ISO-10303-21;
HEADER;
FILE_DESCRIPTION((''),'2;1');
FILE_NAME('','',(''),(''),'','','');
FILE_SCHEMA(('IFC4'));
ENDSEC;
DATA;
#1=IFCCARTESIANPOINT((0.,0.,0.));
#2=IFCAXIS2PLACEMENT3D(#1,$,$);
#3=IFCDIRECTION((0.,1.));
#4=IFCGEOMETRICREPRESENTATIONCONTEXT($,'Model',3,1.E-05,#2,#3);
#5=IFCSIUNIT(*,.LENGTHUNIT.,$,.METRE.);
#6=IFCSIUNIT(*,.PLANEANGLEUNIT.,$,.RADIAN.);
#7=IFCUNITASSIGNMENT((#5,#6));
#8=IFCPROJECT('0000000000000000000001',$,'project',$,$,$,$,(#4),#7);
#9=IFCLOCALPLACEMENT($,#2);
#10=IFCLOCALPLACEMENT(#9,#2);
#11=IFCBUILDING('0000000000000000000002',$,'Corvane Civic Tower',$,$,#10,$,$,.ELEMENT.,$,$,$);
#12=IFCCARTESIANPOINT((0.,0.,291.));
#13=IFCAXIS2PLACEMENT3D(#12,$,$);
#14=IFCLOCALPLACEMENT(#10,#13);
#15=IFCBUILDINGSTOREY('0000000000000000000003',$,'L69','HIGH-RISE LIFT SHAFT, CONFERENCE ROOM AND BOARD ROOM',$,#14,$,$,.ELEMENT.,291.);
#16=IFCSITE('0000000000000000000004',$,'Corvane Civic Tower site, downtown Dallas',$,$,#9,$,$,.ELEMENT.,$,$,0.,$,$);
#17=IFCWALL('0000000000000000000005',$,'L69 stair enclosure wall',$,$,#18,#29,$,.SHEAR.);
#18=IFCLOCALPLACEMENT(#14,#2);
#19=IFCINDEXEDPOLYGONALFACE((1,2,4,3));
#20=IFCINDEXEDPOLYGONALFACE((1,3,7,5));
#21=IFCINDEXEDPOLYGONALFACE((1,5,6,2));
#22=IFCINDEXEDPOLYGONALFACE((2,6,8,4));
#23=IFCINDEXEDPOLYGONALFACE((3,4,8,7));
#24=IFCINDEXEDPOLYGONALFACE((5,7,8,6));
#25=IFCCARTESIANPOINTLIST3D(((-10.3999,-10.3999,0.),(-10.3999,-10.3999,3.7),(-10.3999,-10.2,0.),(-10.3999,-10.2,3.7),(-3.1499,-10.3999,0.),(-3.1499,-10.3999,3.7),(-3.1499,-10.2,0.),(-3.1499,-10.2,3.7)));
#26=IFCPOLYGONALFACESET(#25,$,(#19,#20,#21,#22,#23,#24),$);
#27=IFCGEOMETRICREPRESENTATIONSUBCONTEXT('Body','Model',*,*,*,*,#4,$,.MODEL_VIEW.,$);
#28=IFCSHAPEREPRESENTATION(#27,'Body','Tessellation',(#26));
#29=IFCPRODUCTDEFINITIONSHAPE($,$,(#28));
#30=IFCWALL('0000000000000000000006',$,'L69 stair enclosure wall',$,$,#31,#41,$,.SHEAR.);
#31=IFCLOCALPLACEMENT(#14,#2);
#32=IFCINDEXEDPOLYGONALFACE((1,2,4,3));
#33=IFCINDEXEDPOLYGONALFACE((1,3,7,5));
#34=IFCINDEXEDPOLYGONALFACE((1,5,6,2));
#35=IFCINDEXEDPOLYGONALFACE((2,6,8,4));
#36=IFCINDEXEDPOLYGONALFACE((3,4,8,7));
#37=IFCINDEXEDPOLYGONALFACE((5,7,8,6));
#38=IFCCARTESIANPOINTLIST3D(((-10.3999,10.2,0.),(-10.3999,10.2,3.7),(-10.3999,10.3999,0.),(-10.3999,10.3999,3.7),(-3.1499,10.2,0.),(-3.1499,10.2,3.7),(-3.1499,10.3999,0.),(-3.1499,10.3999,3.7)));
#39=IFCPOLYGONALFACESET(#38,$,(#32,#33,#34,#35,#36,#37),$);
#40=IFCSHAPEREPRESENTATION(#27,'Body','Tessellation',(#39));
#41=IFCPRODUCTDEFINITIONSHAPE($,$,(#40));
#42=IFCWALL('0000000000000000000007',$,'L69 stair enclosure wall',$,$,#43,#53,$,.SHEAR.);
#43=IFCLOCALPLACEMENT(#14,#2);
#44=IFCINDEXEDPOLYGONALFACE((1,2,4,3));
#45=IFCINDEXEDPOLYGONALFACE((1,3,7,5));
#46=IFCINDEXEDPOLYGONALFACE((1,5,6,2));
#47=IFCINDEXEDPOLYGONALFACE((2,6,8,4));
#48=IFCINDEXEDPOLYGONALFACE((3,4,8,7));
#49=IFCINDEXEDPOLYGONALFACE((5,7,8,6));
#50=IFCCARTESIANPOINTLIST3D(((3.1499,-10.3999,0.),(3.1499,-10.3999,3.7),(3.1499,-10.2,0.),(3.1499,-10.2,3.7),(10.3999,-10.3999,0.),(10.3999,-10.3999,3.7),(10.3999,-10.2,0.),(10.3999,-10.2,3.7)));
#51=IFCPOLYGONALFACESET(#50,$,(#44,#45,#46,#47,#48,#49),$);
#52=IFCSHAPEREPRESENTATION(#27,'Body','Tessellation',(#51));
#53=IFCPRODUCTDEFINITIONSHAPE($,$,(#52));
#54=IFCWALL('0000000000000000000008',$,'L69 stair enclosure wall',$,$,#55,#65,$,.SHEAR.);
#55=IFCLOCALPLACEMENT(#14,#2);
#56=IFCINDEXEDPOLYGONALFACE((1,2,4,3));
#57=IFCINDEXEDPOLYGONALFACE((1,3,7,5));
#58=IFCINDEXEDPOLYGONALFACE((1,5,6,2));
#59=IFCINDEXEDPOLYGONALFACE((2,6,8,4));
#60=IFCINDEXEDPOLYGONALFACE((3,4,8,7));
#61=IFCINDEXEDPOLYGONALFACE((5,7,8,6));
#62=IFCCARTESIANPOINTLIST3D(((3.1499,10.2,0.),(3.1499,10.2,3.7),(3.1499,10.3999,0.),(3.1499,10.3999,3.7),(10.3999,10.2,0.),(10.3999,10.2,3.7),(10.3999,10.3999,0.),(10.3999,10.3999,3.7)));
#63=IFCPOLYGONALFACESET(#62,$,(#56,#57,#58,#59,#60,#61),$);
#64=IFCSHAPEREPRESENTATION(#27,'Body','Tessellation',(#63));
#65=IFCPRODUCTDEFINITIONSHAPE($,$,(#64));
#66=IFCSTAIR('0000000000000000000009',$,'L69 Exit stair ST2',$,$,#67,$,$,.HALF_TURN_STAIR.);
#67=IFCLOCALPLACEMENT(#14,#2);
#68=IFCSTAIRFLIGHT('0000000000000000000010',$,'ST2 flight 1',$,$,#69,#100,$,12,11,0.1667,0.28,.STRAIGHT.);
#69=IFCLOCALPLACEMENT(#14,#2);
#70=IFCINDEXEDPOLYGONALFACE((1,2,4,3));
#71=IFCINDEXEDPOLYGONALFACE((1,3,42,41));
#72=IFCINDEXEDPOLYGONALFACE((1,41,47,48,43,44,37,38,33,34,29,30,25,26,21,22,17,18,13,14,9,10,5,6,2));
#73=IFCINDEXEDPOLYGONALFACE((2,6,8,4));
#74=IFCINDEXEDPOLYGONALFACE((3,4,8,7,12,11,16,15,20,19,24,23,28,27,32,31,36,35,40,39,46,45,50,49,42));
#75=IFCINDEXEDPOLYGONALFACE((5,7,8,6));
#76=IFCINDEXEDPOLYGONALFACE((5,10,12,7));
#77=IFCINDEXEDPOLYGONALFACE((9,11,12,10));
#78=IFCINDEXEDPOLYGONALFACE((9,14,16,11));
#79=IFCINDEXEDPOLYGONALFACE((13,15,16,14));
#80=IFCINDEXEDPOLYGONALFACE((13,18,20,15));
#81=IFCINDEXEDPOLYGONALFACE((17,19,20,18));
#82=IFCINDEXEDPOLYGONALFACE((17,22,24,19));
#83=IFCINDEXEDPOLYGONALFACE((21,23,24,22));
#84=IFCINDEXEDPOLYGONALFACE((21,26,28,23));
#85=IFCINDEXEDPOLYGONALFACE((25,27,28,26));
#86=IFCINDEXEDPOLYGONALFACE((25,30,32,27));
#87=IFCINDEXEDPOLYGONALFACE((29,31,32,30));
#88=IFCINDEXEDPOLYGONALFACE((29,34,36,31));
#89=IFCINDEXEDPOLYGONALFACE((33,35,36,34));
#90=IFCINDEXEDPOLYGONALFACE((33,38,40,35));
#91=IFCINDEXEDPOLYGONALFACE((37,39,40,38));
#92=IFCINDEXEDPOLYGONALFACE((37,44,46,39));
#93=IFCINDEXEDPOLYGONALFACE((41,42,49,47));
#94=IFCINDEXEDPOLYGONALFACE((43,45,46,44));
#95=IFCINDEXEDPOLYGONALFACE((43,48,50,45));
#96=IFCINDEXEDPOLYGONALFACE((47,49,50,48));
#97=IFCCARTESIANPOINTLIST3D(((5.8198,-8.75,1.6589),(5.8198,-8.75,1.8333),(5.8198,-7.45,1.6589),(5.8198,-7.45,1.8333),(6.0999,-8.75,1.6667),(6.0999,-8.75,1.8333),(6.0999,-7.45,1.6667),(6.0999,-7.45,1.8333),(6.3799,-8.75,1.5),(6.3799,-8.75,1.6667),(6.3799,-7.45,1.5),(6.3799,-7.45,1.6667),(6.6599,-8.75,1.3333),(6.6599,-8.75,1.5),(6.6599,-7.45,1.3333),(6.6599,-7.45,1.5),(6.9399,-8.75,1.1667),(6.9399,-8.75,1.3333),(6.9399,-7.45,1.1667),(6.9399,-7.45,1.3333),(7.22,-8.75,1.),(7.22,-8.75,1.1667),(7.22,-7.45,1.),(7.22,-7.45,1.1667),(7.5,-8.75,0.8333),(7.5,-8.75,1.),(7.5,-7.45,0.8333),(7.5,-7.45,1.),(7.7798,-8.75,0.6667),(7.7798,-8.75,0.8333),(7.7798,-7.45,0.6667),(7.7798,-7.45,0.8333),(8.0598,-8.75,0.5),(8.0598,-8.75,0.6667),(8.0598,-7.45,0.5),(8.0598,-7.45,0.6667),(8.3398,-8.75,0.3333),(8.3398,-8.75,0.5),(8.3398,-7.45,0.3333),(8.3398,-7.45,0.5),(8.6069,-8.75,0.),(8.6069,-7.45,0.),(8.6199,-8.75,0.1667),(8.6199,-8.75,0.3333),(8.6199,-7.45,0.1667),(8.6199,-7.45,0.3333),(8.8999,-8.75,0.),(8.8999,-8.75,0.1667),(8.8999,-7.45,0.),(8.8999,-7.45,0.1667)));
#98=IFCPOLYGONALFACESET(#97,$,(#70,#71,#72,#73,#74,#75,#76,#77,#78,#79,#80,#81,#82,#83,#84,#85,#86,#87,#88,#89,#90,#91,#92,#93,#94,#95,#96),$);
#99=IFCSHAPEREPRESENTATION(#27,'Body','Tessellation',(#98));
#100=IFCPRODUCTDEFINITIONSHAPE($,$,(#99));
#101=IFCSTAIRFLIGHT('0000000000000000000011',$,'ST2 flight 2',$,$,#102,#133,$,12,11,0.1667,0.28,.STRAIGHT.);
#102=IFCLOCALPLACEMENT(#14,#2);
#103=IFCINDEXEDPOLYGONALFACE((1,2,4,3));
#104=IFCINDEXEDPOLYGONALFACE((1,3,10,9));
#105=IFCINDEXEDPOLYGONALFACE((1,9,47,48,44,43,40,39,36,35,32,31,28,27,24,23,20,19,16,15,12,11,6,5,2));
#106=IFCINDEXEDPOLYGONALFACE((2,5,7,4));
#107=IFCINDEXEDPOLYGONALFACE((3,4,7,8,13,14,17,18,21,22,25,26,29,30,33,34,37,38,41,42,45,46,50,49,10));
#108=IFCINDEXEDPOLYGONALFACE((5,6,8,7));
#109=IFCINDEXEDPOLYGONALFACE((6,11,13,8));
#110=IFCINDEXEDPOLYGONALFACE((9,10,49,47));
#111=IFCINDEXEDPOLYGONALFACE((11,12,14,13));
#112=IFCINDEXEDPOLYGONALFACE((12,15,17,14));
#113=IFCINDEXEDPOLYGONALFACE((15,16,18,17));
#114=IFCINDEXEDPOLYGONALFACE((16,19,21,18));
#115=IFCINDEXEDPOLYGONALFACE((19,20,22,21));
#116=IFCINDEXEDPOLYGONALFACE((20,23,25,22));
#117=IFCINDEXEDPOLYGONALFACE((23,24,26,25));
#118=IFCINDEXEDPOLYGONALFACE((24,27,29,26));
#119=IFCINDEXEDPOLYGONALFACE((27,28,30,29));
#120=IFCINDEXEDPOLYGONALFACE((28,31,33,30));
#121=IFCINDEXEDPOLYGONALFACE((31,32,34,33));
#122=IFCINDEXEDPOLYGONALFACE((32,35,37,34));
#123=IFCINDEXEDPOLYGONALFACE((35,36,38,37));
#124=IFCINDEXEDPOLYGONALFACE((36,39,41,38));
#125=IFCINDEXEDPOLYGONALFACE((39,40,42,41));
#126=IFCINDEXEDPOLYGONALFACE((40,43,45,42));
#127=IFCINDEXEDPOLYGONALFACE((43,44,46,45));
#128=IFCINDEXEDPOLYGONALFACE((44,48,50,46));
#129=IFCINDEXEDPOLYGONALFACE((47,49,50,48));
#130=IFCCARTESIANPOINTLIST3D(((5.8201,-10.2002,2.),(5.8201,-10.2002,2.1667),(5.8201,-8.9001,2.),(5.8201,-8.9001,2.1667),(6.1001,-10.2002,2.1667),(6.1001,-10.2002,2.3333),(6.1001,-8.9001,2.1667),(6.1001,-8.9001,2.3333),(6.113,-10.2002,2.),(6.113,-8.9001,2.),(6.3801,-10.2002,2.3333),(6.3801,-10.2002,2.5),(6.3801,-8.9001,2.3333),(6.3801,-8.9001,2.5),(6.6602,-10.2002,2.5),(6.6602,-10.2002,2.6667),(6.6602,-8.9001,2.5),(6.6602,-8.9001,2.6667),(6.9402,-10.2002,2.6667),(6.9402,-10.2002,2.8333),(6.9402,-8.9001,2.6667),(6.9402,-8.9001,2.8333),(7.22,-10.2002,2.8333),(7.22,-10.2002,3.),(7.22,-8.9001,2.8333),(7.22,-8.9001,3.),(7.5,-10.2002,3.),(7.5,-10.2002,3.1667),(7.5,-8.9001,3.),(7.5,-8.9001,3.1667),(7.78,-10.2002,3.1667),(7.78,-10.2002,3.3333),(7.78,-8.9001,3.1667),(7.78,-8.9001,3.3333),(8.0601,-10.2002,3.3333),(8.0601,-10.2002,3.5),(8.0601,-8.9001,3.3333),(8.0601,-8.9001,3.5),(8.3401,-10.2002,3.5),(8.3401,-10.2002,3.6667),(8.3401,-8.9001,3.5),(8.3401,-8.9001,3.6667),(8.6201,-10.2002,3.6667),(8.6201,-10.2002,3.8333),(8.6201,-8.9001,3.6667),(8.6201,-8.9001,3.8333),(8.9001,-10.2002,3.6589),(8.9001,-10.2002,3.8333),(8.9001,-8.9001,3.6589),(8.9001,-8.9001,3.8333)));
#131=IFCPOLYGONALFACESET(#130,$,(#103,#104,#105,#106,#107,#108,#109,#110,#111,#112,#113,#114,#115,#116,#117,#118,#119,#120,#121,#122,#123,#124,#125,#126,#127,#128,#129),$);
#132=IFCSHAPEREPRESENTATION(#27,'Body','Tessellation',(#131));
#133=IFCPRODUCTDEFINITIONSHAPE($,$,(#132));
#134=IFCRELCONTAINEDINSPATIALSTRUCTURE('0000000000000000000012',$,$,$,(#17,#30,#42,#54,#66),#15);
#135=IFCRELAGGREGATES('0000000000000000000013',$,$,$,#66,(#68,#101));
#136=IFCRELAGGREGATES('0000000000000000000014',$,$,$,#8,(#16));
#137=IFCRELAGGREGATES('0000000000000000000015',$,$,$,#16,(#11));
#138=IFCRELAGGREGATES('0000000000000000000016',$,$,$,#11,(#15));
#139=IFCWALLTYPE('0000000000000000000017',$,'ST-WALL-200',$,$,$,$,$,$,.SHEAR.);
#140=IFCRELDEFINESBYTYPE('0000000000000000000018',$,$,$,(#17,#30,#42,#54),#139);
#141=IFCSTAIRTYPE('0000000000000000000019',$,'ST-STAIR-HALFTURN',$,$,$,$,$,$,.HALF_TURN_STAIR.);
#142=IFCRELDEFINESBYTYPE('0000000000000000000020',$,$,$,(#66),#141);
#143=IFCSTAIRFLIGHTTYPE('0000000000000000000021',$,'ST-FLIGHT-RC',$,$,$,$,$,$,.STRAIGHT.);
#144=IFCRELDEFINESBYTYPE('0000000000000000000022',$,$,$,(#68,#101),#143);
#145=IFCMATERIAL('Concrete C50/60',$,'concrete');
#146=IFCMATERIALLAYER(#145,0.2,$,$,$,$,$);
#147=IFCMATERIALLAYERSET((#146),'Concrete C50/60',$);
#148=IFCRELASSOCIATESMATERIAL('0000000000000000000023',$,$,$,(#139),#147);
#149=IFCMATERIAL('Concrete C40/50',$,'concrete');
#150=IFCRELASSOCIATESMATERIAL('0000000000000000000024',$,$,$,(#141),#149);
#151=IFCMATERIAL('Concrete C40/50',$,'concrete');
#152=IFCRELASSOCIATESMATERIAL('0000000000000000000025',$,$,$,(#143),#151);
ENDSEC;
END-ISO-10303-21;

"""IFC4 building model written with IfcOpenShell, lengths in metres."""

from ifc_helpers import new_model, si_unit, direction, frame, origin, place, context, subcontext, project, spatial, polyline, outline, extrude, material, layer, layer_set, type_object, element, aggregate, save


model = new_model("IFC4")

# Units and contexts
model_context = context("Model", 3, precision=1e-05, world=origin(), true_north=direction((0.0, 1.0)))
body_context = subcontext(model_context, "Body", "Model", "MODEL_VIEW")
ifc_project = project(units=[si_unit("LENGTHUNIT", "METRE"), si_unit("PLANEANGLEUNIT", "RADIAN")], contexts=[model_context])

# Site, building, storey
site_placement = place(None, origin())
site = spatial("IfcSite", under=ifc_project, at=site_placement, Name="Corvane Civic Tower site, downtown Dallas", CompositionType="ELEMENT", RefElevation=0.0)
building_placement = place(site_placement, origin())
building = spatial("IfcBuilding", under=site, at=building_placement, Name="Corvane Civic Tower", CompositionType="ELEMENT")
storey_placement = place(building_placement, frame((0.0, 0.0, 291.0)))
storey = spatial("IfcBuildingStorey", under=building, at=storey_placement, Name="L69", Description="HIGH-RISE LIFT SHAFT, CONFERENCE ROOM AND BOARD ROOM", CompositionType="ELEMENT", Elevation=291.0)

# Shared definitions
ifc_material_1 = material(Name="Concrete C50/60", Category="concrete")
ifc_layer_1 = layer(ifc_material_1, 0.2)
ifc_layer_set_1 = layer_set([ifc_layer_1], Name="Concrete C50/60")
wall_type_1 = type_object("IfcWallType", Name="ST-WALL-200", PredefinedType="SHEAR", material=ifc_layer_set_1)

# Walls
wall_1_placement = place(storey_placement, origin())
element("IfcWall", 1, at=wall_1_placement, inside=storey, type_object=wall_type_1, Name="L69 stair enclosure wall", PredefinedType="SHEAR", context=body_context, shape_type="SweptSolid", body=[
    extrude(outline(polyline([(-3.1499, -10.2), (-3.1499, -10.3999), (-10.3999, -10.3999), (-10.3999, -10.2), (-3.1499, -10.2)])), origin(), (0.0, 0.0, 1.0), 3.7),
])
wall_2_placement = place(storey_placement, origin())
element("IfcWall", 2, at=wall_2_placement, inside=storey, type_object=wall_type_1, Name="L69 stair enclosure wall", PredefinedType="SHEAR", context=body_context, shape_type="SweptSolid", body=[
    extrude(outline(polyline([(-3.1499, 10.2), (-10.3999, 10.2), (-10.3999, 10.3999), (-3.1499, 10.3999), (-3.1499, 10.2)])), origin(), (0.0, 0.0, 1.0), 3.7),
])
wall_3_placement = place(storey_placement, origin())
element("IfcWall", 3, at=wall_3_placement, inside=storey, type_object=wall_type_1, Name="L69 stair enclosure wall", PredefinedType="SHEAR", context=body_context, shape_type="SweptSolid", body=[
    extrude(outline(polyline([(10.3999, -10.3999), (3.1499, -10.3999), (3.1499, -10.2), (10.3999, -10.2), (10.3999, -10.3999)])), origin(), (0.0, 0.0, 1.0), 3.7),
])
wall_4_placement = place(storey_placement, origin())
element("IfcWall", 4, at=wall_4_placement, inside=storey, type_object=wall_type_1, Name="L69 stair enclosure wall", PredefinedType="SHEAR", context=body_context, shape_type="SweptSolid", body=[
    extrude(outline(polyline([(10.3999, 10.2), (3.1499, 10.2), (3.1499, 10.3999), (10.3999, 10.3999), (10.3999, 10.2)])), origin(), (0.0, 0.0, 1.0), 3.7),
])

# Stair, stair flights
ifc_material_2 = material(Name="Concrete C40/50", Category="concrete")
stair_type = type_object("IfcStairType", Name="ST-STAIR-HALFTURN", PredefinedType="HALF_TURN_STAIR", material=ifc_material_2)
stair_placement = place(storey_placement, origin())
stair = element("IfcStair", 5, at=stair_placement, inside=storey, type_object=stair_type, Name="L69 Exit stair ST2", PredefinedType="HALF_TURN_STAIR")
ifc_material_3 = material(Name="Concrete C40/50", Category="concrete")
stair_flight_type = type_object("IfcStairFlightType", Name="ST-FLIGHT-RC", PredefinedType="STRAIGHT", material=ifc_material_3)
stair_flight_1_placement = place(storey_placement, frame((8.8999, -8.1001, 0.0), z_axis=(0.0, 0.0, 1.0), x_axis=(-1.0, 0.0, 0.0)))
stair_flight_1 = element("IfcStairFlight", 6, at=stair_flight_1_placement, type_object=stair_flight_type, Name="ST2 flight 1", NumberOfRisers=12, NumberOfTreads=11, PredefinedType="STRAIGHT", RiserHeight=0.1667, TreadLength=0.28, context=body_context, shape_type="SweptSolid", body=[
    extrude(outline(polyline([(0.0, 0.0), (0.0, 0.1667), (0.28, 0.1667), (0.28, 0.3333), (0.5601, 0.3333), (0.5601, 0.5), (0.8401, 0.5), (0.8401, 0.6667), (1.1201, 0.6667), (1.1201, 0.8333), (1.3999, 0.8333), (1.3999, 1.0), (1.6799, 1.0), (1.6799, 1.1667), (1.96, 1.1667), (1.96, 1.3333), (2.24, 1.3333), (2.24, 1.5), (2.52, 1.5), (2.52, 1.6667), (2.8, 1.6667), (2.8, 1.8333), (3.0801, 1.8333), (3.0801, 2.0), (3.0801, 1.6589), (0.293, 0.0), (0.0, 0.0)])), frame((0.0, 0.6499, 0.0), z_axis=(0.0, -1.0, 0.0), x_axis=(1.0, 0.0, 0.0)), (0.0, 0.0, 1.0), 1.3),
])
stair_flight_2_placement = place(storey_placement, frame((5.8201, -9.55, 2.0), z_axis=(0.0, 0.0, 1.0), x_axis=(1.0, 0.0, 0.0)))
stair_flight_2 = element("IfcStairFlight", 7, at=stair_flight_2_placement, type_object=stair_flight_type, Name="ST2 flight 2", NumberOfRisers=12, NumberOfTreads=11, PredefinedType="STRAIGHT", RiserHeight=0.1667, TreadLength=0.28, context=body_context, shape_type="SweptSolid", body=[
    extrude(outline(polyline([(0.0, 0.0), (0.0, 0.1667), (0.28, 0.1667), (0.28, 0.3333), (0.5601, 0.3333), (0.5601, 0.5), (0.8401, 0.5), (0.8401, 0.6667), (1.1201, 0.6667), (1.1201, 0.8333), (1.3999, 0.8333), (1.3999, 1.0), (1.6799, 1.0), (1.6799, 1.1667), (1.96, 1.1667), (1.96, 1.3333), (2.24, 1.3333), (2.24, 1.5), (2.52, 1.5), (2.52, 1.6667), (2.8, 1.6667), (2.8, 1.8333), (3.0801, 1.8333), (3.0801, 2.0), (3.0801, 1.6589), (0.293, 0.0), (0.0, 0.0)])), frame((0.0, 0.6499, 0.0), z_axis=(0.0, -1.0, 0.0), x_axis=(1.0, 0.0, 0.0)), (0.0, 0.0, 1.0), 1.3),
])
aggregate(stair, [stair_flight_1, stair_flight_2])

save(model, "model.ifc")
